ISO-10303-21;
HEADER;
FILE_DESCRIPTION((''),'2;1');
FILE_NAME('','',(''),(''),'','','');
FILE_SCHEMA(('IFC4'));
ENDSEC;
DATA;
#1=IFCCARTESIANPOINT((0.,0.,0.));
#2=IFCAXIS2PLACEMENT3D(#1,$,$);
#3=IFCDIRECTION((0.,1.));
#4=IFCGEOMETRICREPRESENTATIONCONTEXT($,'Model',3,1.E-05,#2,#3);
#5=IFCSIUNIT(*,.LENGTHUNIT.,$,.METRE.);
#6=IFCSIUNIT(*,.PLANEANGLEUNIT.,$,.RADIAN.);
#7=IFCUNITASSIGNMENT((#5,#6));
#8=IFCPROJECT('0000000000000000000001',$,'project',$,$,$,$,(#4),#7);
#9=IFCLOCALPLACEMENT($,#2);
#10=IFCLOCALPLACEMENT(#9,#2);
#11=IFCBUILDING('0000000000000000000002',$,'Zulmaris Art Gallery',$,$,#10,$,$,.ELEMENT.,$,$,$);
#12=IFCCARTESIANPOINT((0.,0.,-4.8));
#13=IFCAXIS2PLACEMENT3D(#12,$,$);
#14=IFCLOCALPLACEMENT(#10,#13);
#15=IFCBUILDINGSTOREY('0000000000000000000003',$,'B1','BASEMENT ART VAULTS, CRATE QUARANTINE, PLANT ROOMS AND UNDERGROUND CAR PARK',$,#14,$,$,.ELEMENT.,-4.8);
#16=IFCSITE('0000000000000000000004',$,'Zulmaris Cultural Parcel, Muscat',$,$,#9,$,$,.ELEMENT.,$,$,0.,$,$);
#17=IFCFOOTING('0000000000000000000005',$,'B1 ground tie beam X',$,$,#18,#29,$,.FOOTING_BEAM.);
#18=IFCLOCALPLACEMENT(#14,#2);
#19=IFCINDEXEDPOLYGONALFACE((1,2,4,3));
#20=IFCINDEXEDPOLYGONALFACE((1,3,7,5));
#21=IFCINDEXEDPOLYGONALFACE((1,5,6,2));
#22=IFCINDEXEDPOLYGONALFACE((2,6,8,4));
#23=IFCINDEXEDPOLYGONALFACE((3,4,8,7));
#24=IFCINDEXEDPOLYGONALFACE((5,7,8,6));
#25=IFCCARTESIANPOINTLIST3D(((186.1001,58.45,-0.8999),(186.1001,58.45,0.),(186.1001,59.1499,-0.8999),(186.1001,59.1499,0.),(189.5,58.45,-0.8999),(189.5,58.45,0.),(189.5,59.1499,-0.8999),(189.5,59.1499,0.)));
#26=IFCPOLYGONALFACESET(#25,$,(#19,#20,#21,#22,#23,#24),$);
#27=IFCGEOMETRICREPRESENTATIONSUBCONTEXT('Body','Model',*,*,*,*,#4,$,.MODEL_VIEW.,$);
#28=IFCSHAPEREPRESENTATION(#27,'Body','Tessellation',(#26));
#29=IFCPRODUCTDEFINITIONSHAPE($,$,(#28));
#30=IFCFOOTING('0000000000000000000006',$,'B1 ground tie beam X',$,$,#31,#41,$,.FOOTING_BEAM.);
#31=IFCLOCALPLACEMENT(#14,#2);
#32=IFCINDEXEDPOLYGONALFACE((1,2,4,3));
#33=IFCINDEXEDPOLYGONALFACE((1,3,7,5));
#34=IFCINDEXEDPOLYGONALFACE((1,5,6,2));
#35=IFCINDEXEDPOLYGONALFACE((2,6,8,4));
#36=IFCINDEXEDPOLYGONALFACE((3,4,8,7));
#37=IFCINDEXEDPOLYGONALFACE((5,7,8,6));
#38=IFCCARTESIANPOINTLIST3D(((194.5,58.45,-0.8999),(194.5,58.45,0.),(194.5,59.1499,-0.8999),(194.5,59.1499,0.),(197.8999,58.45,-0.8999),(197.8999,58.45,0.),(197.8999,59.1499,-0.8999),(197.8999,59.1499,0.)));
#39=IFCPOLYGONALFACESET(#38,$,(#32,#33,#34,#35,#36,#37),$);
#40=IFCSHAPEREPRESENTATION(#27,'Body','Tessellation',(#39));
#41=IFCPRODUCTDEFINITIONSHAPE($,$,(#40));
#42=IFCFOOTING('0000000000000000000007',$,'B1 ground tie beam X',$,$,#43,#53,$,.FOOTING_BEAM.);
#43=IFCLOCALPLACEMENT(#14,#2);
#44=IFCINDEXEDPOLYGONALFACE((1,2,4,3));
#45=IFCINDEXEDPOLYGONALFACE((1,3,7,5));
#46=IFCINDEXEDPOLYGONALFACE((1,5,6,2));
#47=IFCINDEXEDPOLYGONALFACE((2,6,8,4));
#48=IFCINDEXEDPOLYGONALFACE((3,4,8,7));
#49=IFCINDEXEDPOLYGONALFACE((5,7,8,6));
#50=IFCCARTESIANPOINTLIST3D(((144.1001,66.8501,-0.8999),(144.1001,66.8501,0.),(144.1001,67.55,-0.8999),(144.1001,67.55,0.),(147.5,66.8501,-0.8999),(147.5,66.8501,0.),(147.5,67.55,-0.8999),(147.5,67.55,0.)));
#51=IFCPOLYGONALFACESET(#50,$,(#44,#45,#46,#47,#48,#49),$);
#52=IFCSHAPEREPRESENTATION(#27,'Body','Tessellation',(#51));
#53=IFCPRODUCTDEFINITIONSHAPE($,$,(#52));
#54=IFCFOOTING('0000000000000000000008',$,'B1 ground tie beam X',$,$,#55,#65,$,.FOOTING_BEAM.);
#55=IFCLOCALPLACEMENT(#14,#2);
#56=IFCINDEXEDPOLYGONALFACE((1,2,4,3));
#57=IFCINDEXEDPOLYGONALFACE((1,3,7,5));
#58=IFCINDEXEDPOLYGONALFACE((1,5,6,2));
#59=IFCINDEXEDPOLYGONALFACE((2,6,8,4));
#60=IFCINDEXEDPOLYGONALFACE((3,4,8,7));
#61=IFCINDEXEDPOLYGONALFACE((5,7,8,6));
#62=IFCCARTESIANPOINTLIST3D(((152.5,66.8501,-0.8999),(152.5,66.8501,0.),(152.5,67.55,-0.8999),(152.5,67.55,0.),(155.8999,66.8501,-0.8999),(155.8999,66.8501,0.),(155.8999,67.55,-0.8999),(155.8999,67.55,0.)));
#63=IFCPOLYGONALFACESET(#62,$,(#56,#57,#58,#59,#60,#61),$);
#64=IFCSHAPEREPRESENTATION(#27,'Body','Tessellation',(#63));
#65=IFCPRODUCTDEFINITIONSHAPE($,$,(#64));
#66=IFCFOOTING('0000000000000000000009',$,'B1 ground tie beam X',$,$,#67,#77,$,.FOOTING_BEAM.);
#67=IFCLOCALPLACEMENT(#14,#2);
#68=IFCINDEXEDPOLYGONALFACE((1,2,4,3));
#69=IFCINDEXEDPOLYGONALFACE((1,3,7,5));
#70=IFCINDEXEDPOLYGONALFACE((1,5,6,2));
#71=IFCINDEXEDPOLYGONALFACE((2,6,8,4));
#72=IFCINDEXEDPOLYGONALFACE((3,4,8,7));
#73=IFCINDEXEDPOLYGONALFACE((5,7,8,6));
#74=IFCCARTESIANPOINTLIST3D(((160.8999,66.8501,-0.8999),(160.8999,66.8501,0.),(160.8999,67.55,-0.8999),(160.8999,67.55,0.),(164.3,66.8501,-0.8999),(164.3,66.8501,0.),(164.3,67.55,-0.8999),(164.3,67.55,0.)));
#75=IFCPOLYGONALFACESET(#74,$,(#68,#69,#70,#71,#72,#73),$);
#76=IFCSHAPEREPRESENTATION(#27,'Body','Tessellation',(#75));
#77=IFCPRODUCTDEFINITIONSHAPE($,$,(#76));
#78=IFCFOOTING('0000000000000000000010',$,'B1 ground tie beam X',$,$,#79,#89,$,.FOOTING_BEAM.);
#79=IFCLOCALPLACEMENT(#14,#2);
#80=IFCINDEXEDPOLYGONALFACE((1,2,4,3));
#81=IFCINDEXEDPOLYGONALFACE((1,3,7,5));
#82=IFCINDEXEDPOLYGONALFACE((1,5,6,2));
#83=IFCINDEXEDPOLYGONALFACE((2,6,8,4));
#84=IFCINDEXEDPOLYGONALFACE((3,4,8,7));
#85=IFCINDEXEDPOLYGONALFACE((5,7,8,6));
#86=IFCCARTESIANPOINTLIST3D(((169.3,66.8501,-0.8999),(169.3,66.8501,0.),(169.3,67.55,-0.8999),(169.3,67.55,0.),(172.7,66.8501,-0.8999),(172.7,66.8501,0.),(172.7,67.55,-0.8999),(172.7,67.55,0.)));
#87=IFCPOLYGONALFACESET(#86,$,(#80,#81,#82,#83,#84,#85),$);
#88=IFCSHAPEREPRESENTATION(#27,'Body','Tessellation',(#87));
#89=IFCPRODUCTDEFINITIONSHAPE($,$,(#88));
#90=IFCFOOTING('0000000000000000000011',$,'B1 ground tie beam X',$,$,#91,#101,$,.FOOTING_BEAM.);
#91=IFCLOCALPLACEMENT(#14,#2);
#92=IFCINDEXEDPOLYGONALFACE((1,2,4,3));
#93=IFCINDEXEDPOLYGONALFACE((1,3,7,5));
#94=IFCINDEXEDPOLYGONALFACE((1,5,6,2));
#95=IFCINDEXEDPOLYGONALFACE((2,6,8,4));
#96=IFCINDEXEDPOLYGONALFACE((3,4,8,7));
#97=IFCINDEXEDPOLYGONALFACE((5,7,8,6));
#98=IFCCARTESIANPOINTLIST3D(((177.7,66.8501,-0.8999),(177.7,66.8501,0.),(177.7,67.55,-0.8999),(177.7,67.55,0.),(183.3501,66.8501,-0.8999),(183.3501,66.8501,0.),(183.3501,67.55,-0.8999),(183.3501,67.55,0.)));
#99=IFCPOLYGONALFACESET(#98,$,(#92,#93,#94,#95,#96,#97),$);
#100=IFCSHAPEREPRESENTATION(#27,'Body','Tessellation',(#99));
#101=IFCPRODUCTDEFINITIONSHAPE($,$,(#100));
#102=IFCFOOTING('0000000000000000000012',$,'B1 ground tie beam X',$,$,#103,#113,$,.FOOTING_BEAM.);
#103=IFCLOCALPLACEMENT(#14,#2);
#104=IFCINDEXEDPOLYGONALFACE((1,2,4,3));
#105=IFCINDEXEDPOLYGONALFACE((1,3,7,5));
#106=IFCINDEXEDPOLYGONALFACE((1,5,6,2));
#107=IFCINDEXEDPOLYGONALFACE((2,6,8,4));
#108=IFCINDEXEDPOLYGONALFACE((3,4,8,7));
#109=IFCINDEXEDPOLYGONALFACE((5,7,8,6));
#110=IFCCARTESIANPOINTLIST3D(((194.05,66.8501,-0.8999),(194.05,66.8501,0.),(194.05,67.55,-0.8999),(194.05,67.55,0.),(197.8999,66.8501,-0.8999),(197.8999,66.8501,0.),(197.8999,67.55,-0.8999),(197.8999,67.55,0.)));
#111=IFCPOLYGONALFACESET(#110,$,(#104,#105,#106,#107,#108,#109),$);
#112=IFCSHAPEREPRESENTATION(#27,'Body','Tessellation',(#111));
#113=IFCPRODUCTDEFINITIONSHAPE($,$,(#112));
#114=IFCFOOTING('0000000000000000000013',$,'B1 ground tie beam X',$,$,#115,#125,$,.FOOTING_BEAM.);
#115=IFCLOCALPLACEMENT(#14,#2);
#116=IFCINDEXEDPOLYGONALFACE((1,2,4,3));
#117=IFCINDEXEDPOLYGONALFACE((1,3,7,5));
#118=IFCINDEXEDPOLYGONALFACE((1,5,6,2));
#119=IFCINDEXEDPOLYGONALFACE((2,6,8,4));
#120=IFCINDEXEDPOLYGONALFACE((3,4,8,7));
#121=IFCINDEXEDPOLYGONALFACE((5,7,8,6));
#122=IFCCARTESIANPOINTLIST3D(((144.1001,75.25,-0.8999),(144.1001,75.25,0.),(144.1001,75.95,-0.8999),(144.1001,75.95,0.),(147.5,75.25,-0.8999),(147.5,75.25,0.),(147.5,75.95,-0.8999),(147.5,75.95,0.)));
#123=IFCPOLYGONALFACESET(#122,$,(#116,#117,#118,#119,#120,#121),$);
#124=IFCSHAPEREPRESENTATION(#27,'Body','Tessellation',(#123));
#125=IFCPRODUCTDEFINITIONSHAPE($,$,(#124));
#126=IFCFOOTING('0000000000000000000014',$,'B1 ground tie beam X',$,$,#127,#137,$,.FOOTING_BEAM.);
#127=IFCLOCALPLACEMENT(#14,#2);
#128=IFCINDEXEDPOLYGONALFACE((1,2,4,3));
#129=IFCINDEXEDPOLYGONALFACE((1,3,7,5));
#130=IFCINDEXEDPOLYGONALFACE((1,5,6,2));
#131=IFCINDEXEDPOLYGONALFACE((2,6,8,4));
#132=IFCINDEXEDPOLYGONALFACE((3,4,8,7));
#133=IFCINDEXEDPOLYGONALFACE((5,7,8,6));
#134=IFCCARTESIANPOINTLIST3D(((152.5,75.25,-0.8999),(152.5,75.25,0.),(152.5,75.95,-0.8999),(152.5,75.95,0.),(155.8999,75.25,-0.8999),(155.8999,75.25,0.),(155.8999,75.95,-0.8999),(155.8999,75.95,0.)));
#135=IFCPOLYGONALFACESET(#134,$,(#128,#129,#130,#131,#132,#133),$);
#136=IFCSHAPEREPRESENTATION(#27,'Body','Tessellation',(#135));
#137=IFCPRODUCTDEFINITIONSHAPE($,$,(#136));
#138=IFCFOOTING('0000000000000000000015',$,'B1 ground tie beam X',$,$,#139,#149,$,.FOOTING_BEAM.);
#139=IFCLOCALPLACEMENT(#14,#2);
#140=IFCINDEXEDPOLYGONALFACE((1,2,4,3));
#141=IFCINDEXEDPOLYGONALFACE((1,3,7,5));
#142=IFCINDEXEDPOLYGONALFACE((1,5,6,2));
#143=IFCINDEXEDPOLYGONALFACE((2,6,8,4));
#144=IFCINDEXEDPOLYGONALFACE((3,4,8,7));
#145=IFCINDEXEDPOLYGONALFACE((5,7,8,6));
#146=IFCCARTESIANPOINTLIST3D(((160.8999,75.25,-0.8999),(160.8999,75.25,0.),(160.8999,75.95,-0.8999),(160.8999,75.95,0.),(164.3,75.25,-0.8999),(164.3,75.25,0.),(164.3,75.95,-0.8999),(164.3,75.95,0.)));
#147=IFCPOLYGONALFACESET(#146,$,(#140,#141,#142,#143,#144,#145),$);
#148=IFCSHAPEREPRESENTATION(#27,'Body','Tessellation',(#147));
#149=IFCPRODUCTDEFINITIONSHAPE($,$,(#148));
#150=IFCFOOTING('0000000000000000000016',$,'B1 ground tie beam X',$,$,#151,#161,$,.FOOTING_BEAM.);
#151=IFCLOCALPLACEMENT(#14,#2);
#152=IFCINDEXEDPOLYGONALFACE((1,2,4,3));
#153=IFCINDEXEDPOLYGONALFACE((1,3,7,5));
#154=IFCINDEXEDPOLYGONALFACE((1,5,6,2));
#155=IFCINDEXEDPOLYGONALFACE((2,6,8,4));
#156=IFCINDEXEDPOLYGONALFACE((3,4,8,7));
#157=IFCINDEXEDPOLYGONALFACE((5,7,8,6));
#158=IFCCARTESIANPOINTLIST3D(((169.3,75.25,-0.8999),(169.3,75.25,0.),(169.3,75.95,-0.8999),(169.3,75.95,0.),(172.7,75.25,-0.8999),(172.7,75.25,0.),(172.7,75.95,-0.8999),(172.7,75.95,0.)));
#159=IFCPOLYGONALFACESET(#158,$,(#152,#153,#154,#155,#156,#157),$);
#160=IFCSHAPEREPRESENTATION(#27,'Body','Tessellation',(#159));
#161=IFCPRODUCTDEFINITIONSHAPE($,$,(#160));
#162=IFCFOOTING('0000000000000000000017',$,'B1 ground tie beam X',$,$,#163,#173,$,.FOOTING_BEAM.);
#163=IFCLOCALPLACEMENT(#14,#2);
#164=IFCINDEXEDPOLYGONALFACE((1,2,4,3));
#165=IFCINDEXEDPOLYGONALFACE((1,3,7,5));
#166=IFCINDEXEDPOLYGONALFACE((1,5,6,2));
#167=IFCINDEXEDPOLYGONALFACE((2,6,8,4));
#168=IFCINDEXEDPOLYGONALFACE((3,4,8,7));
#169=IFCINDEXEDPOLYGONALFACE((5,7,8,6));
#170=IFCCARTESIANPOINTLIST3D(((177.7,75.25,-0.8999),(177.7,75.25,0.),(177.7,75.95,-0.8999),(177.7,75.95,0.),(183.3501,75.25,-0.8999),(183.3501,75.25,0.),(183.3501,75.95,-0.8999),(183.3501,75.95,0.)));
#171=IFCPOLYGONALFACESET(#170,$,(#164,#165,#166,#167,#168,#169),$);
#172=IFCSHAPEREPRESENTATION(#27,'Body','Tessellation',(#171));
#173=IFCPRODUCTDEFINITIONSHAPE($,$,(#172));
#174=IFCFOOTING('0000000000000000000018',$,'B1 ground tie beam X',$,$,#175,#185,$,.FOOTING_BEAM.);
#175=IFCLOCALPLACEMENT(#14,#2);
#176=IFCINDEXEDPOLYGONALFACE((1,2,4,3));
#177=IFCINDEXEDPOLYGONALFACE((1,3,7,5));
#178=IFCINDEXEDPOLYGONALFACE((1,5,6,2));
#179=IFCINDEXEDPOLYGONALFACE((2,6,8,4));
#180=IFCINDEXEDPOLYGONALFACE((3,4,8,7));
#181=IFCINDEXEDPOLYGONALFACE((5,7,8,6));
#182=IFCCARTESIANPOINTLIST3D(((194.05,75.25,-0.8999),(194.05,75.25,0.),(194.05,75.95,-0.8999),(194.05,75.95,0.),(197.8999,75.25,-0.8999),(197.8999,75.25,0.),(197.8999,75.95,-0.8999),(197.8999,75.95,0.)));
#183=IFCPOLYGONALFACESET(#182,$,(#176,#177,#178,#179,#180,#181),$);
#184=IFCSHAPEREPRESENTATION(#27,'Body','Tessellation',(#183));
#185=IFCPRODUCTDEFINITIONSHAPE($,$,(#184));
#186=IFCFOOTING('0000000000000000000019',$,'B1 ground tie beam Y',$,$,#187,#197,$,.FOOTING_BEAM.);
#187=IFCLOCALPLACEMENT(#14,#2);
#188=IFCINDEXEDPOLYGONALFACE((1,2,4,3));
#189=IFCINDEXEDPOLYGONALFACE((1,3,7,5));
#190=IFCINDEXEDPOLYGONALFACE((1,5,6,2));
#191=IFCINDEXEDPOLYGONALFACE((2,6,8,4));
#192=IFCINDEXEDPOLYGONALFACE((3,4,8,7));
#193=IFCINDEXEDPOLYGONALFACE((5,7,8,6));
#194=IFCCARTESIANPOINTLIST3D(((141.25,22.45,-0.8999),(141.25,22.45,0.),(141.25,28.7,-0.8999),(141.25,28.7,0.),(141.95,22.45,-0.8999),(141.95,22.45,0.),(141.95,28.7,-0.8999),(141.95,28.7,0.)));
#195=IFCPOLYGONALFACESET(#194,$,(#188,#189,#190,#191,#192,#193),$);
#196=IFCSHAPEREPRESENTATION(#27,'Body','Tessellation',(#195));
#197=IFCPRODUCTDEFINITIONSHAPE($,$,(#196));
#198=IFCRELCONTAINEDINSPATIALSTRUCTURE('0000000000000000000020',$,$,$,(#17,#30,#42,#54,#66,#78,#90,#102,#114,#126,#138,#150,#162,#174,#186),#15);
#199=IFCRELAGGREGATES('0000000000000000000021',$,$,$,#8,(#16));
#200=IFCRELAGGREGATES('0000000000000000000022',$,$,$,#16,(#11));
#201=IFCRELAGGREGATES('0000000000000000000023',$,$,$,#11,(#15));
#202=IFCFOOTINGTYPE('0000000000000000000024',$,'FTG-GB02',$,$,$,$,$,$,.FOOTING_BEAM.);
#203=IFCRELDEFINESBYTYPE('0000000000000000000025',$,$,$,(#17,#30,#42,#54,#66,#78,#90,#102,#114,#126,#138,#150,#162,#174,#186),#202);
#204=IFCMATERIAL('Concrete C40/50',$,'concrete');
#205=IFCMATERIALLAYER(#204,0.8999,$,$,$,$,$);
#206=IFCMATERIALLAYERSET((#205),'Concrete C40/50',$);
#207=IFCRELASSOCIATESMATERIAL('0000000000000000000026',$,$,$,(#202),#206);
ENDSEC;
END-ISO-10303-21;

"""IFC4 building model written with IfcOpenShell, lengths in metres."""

from ifc_helpers import new_model, si_unit, direction, frame, origin, place, context, subcontext, project, spatial, polyline, outline, extrude, material, layer, layer_set, type_object, element, save


model = new_model("IFC4")

# Units and contexts
model_context = context("Model", 3, precision=1e-05, world=origin(), true_north=direction((0.0, 1.0)))
body_context = subcontext(model_context, "Body", "Model", "MODEL_VIEW")
ifc_project = project(units=[si_unit("LENGTHUNIT", "METRE"), si_unit("PLANEANGLEUNIT", "RADIAN")], contexts=[model_context])

# Site, building, storey
site_placement = place(None, origin())
site = spatial("IfcSite", under=ifc_project, at=site_placement, Name="Zulmaris Cultural Parcel, Muscat", CompositionType="ELEMENT", RefElevation=0.0)
building_placement = place(site_placement, origin())
building = spatial("IfcBuilding", under=site, at=building_placement, Name="Zulmaris Art Gallery", CompositionType="ELEMENT")
storey_placement = place(building_placement, frame((0.0, 0.0, -4.8)))
storey = spatial("IfcBuildingStorey", under=building, at=storey_placement, Name="B1", Description="BASEMENT ART VAULTS, CRATE QUARANTINE, PLANT ROOMS AND UNDERGROUND CAR PARK", CompositionType="ELEMENT", Elevation=-4.8)

# Footings
ifc_material = material(Name="Concrete C40/50", Category="concrete")
ifc_layer = layer(ifc_material, 0.8999)
ifc_layer_set = layer_set([ifc_layer], Name="Concrete C40/50")
footing_type = type_object("IfcFootingType", Name="FTG-GB02", PredefinedType="FOOTING_BEAM", material=ifc_layer_set)
footing_1_placement = place(storey_placement, frame((0.0, 0.0, -0.8999)))
element("IfcFooting", 1, at=footing_1_placement, inside=storey, type_object=footing_type, Name="B1 ground tie beam X", PredefinedType="FOOTING_BEAM", context=body_context, shape_type="SweptSolid", body=[
    extrude(outline(polyline([(186.1001, 58.45), (189.5, 58.45), (189.5, 59.1499), (186.1001, 59.1499), (186.1001, 58.45)])), origin(), (0.0, 0.0, 1.0), 0.8999),
])
footing_2_placement = place(storey_placement, frame((0.0, 0.0, -0.8999)))
element("IfcFooting", 2, at=footing_2_placement, inside=storey, type_object=footing_type, Name="B1 ground tie beam X", PredefinedType="FOOTING_BEAM", context=body_context, shape_type="SweptSolid", body=[
    extrude(outline(polyline([(194.5, 58.45), (197.8999, 58.45), (197.8999, 59.1499), (194.5, 59.1499), (194.5, 58.45)])), origin(), (0.0, 0.0, 1.0), 0.8999),
])
footing_3_placement = place(storey_placement, frame((0.0, 0.0, -0.8999)))
element("IfcFooting", 3, at=footing_3_placement, inside=storey, type_object=footing_type, Name="B1 ground tie beam X", PredefinedType="FOOTING_BEAM", context=body_context, shape_type="SweptSolid", body=[
    extrude(outline(polyline([(144.1001, 66.8501), (147.5, 66.8501), (147.5, 67.55), (144.1001, 67.55), (144.1001, 66.8501)])), origin(), (0.0, 0.0, 1.0), 0.8999),
])
footing_4_placement = place(storey_placement, frame((0.0, 0.0, -0.8999)))
element("IfcFooting", 4, at=footing_4_placement, inside=storey, type_object=footing_type, Name="B1 ground tie beam X", PredefinedType="FOOTING_BEAM", context=body_context, shape_type="SweptSolid", body=[
    extrude(outline(polyline([(152.5, 66.8501), (155.8999, 66.8501), (155.8999, 67.55), (152.5, 67.55), (152.5, 66.8501)])), origin(), (0.0, 0.0, 1.0), 0.8999),
])
footing_5_placement = place(storey_placement, frame((0.0, 0.0, -0.8999)))
element("IfcFooting", 5, at=footing_5_placement, inside=storey, type_object=footing_type, Name="B1 ground tie beam X", PredefinedType="FOOTING_BEAM", context=body_context, shape_type="SweptSolid", body=[
    extrude(outline(polyline([(160.8999, 66.8501), (164.3, 66.8501), (164.3, 67.55), (160.8999, 67.55), (160.8999, 66.8501)])), origin(), (0.0, 0.0, 1.0), 0.8999),
])
footing_6_placement = place(storey_placement, frame((0.0, 0.0, -0.8999)))
element("IfcFooting", 6, at=footing_6_placement, inside=storey, type_object=footing_type, Name="B1 ground tie beam X", PredefinedType="FOOTING_BEAM", context=body_context, shape_type="SweptSolid", body=[
    extrude(outline(polyline([(169.3, 66.8501), (172.7, 66.8501), (172.7, 67.55), (169.3, 67.55), (169.3, 66.8501)])), origin(), (0.0, 0.0, 1.0), 0.8999),
])
footing_7_placement = place(storey_placement, frame((0.0, 0.0, -0.8999)))
element("IfcFooting", 7, at=footing_7_placement, inside=storey, type_object=footing_type, Name="B1 ground tie beam X", PredefinedType="FOOTING_BEAM", context=body_context, shape_type="SweptSolid", body=[
    extrude(outline(polyline([(177.7, 66.8501), (183.3501, 66.8501), (183.3501, 67.55), (177.7, 67.55), (177.7, 66.8501)])), origin(), (0.0, 0.0, 1.0), 0.8999),
])
footing_8_placement = place(storey_placement, frame((0.0, 0.0, -0.8999)))
element("IfcFooting", 8, at=footing_8_placement, inside=storey, type_object=footing_type, Name="B1 ground tie beam X", PredefinedType="FOOTING_BEAM", context=body_context, shape_type="SweptSolid", body=[
    extrude(outline(polyline([(194.05, 66.8501), (197.8999, 66.8501), (197.8999, 67.55), (194.05, 67.55), (194.05, 66.8501)])), origin(), (0.0, 0.0, 1.0), 0.8999),
])
footing_9_placement = place(storey_placement, frame((0.0, 0.0, -0.8999)))
element("IfcFooting", 9, at=footing_9_placement, inside=storey, type_object=footing_type, Name="B1 ground tie beam X", PredefinedType="FOOTING_BEAM", context=body_context, shape_type="SweptSolid", body=[
    extrude(outline(polyline([(144.1001, 75.25), (147.5, 75.25), (147.5, 75.95), (144.1001, 75.95), (144.1001, 75.25)])), origin(), (0.0, 0.0, 1.0), 0.8999),
])
footing_10_placement = place(storey_placement, frame((0.0, 0.0, -0.8999)))
element("IfcFooting", 10, at=footing_10_placement, inside=storey, type_object=footing_type, Name="B1 ground tie beam X", PredefinedType="FOOTING_BEAM", context=body_context, shape_type="SweptSolid", body=[
    extrude(outline(polyline([(152.5, 75.25), (155.8999, 75.25), (155.8999, 75.95), (152.5, 75.95), (152.5, 75.25)])), origin(), (0.0, 0.0, 1.0), 0.8999),
])
footing_11_placement = place(storey_placement, frame((0.0, 0.0, -0.8999)))
element("IfcFooting", 11, at=footing_11_placement, inside=storey, type_object=footing_type, Name="B1 ground tie beam X", PredefinedType="FOOTING_BEAM", context=body_context, shape_type="SweptSolid", body=[
    extrude(outline(polyline([(160.8999, 75.25), (164.3, 75.25), (164.3, 75.95), (160.8999, 75.95), (160.8999, 75.25)])), origin(), (0.0, 0.0, 1.0), 0.8999),
])
footing_12_placement = place(storey_placement, frame((0.0, 0.0, -0.8999)))
element("IfcFooting", 12, at=footing_12_placement, inside=storey, type_object=footing_type, Name="B1 ground tie beam X", PredefinedType="FOOTING_BEAM", context=body_context, shape_type="SweptSolid", body=[
    extrude(outline(polyline([(169.3, 75.25), (172.7, 75.25), (172.7, 75.95), (169.3, 75.95), (169.3, 75.25)])), origin(), (0.0, 0.0, 1.0), 0.8999),
])
footing_13_placement = place(storey_placement, frame((0.0, 0.0, -0.8999)))
element("IfcFooting", 13, at=footing_13_placement, inside=storey, type_object=footing_type, Name="B1 ground tie beam X", PredefinedType="FOOTING_BEAM", context=body_context, shape_type="SweptSolid", body=[
    extrude(outline(polyline([(177.7, 75.25), (183.3501, 75.25), (183.3501, 75.95), (177.7, 75.95), (177.7, 75.25)])), origin(), (0.0, 0.0, 1.0), 0.8999),
])
footing_14_placement = place(storey_placement, frame((0.0, 0.0, -0.8999)))
element("IfcFooting", 14, at=footing_14_placement, inside=storey, type_object=footing_type, Name="B1 ground tie beam X", PredefinedType="FOOTING_BEAM", context=body_context, shape_type="SweptSolid", body=[
    extrude(outline(polyline([(194.05, 75.25), (197.8999, 75.25), (197.8999, 75.95), (194.05, 75.95), (194.05, 75.25)])), origin(), (0.0, 0.0, 1.0), 0.8999),
])
footing_15_placement = place(storey_placement, frame((0.0, 0.0, -0.8999)))
element("IfcFooting", 15, at=footing_15_placement, inside=storey, type_object=footing_type, Name="B1 ground tie beam Y", PredefinedType="FOOTING_BEAM", context=body_context, shape_type="SweptSolid", body=[
    extrude(outline(polyline([(141.25, 22.45), (141.95, 22.45), (141.95, 28.7), (141.25, 28.7), (141.25, 22.45)])), origin(), (0.0, 0.0, 1.0), 0.8999),
])

save(model, "model.ifc")
